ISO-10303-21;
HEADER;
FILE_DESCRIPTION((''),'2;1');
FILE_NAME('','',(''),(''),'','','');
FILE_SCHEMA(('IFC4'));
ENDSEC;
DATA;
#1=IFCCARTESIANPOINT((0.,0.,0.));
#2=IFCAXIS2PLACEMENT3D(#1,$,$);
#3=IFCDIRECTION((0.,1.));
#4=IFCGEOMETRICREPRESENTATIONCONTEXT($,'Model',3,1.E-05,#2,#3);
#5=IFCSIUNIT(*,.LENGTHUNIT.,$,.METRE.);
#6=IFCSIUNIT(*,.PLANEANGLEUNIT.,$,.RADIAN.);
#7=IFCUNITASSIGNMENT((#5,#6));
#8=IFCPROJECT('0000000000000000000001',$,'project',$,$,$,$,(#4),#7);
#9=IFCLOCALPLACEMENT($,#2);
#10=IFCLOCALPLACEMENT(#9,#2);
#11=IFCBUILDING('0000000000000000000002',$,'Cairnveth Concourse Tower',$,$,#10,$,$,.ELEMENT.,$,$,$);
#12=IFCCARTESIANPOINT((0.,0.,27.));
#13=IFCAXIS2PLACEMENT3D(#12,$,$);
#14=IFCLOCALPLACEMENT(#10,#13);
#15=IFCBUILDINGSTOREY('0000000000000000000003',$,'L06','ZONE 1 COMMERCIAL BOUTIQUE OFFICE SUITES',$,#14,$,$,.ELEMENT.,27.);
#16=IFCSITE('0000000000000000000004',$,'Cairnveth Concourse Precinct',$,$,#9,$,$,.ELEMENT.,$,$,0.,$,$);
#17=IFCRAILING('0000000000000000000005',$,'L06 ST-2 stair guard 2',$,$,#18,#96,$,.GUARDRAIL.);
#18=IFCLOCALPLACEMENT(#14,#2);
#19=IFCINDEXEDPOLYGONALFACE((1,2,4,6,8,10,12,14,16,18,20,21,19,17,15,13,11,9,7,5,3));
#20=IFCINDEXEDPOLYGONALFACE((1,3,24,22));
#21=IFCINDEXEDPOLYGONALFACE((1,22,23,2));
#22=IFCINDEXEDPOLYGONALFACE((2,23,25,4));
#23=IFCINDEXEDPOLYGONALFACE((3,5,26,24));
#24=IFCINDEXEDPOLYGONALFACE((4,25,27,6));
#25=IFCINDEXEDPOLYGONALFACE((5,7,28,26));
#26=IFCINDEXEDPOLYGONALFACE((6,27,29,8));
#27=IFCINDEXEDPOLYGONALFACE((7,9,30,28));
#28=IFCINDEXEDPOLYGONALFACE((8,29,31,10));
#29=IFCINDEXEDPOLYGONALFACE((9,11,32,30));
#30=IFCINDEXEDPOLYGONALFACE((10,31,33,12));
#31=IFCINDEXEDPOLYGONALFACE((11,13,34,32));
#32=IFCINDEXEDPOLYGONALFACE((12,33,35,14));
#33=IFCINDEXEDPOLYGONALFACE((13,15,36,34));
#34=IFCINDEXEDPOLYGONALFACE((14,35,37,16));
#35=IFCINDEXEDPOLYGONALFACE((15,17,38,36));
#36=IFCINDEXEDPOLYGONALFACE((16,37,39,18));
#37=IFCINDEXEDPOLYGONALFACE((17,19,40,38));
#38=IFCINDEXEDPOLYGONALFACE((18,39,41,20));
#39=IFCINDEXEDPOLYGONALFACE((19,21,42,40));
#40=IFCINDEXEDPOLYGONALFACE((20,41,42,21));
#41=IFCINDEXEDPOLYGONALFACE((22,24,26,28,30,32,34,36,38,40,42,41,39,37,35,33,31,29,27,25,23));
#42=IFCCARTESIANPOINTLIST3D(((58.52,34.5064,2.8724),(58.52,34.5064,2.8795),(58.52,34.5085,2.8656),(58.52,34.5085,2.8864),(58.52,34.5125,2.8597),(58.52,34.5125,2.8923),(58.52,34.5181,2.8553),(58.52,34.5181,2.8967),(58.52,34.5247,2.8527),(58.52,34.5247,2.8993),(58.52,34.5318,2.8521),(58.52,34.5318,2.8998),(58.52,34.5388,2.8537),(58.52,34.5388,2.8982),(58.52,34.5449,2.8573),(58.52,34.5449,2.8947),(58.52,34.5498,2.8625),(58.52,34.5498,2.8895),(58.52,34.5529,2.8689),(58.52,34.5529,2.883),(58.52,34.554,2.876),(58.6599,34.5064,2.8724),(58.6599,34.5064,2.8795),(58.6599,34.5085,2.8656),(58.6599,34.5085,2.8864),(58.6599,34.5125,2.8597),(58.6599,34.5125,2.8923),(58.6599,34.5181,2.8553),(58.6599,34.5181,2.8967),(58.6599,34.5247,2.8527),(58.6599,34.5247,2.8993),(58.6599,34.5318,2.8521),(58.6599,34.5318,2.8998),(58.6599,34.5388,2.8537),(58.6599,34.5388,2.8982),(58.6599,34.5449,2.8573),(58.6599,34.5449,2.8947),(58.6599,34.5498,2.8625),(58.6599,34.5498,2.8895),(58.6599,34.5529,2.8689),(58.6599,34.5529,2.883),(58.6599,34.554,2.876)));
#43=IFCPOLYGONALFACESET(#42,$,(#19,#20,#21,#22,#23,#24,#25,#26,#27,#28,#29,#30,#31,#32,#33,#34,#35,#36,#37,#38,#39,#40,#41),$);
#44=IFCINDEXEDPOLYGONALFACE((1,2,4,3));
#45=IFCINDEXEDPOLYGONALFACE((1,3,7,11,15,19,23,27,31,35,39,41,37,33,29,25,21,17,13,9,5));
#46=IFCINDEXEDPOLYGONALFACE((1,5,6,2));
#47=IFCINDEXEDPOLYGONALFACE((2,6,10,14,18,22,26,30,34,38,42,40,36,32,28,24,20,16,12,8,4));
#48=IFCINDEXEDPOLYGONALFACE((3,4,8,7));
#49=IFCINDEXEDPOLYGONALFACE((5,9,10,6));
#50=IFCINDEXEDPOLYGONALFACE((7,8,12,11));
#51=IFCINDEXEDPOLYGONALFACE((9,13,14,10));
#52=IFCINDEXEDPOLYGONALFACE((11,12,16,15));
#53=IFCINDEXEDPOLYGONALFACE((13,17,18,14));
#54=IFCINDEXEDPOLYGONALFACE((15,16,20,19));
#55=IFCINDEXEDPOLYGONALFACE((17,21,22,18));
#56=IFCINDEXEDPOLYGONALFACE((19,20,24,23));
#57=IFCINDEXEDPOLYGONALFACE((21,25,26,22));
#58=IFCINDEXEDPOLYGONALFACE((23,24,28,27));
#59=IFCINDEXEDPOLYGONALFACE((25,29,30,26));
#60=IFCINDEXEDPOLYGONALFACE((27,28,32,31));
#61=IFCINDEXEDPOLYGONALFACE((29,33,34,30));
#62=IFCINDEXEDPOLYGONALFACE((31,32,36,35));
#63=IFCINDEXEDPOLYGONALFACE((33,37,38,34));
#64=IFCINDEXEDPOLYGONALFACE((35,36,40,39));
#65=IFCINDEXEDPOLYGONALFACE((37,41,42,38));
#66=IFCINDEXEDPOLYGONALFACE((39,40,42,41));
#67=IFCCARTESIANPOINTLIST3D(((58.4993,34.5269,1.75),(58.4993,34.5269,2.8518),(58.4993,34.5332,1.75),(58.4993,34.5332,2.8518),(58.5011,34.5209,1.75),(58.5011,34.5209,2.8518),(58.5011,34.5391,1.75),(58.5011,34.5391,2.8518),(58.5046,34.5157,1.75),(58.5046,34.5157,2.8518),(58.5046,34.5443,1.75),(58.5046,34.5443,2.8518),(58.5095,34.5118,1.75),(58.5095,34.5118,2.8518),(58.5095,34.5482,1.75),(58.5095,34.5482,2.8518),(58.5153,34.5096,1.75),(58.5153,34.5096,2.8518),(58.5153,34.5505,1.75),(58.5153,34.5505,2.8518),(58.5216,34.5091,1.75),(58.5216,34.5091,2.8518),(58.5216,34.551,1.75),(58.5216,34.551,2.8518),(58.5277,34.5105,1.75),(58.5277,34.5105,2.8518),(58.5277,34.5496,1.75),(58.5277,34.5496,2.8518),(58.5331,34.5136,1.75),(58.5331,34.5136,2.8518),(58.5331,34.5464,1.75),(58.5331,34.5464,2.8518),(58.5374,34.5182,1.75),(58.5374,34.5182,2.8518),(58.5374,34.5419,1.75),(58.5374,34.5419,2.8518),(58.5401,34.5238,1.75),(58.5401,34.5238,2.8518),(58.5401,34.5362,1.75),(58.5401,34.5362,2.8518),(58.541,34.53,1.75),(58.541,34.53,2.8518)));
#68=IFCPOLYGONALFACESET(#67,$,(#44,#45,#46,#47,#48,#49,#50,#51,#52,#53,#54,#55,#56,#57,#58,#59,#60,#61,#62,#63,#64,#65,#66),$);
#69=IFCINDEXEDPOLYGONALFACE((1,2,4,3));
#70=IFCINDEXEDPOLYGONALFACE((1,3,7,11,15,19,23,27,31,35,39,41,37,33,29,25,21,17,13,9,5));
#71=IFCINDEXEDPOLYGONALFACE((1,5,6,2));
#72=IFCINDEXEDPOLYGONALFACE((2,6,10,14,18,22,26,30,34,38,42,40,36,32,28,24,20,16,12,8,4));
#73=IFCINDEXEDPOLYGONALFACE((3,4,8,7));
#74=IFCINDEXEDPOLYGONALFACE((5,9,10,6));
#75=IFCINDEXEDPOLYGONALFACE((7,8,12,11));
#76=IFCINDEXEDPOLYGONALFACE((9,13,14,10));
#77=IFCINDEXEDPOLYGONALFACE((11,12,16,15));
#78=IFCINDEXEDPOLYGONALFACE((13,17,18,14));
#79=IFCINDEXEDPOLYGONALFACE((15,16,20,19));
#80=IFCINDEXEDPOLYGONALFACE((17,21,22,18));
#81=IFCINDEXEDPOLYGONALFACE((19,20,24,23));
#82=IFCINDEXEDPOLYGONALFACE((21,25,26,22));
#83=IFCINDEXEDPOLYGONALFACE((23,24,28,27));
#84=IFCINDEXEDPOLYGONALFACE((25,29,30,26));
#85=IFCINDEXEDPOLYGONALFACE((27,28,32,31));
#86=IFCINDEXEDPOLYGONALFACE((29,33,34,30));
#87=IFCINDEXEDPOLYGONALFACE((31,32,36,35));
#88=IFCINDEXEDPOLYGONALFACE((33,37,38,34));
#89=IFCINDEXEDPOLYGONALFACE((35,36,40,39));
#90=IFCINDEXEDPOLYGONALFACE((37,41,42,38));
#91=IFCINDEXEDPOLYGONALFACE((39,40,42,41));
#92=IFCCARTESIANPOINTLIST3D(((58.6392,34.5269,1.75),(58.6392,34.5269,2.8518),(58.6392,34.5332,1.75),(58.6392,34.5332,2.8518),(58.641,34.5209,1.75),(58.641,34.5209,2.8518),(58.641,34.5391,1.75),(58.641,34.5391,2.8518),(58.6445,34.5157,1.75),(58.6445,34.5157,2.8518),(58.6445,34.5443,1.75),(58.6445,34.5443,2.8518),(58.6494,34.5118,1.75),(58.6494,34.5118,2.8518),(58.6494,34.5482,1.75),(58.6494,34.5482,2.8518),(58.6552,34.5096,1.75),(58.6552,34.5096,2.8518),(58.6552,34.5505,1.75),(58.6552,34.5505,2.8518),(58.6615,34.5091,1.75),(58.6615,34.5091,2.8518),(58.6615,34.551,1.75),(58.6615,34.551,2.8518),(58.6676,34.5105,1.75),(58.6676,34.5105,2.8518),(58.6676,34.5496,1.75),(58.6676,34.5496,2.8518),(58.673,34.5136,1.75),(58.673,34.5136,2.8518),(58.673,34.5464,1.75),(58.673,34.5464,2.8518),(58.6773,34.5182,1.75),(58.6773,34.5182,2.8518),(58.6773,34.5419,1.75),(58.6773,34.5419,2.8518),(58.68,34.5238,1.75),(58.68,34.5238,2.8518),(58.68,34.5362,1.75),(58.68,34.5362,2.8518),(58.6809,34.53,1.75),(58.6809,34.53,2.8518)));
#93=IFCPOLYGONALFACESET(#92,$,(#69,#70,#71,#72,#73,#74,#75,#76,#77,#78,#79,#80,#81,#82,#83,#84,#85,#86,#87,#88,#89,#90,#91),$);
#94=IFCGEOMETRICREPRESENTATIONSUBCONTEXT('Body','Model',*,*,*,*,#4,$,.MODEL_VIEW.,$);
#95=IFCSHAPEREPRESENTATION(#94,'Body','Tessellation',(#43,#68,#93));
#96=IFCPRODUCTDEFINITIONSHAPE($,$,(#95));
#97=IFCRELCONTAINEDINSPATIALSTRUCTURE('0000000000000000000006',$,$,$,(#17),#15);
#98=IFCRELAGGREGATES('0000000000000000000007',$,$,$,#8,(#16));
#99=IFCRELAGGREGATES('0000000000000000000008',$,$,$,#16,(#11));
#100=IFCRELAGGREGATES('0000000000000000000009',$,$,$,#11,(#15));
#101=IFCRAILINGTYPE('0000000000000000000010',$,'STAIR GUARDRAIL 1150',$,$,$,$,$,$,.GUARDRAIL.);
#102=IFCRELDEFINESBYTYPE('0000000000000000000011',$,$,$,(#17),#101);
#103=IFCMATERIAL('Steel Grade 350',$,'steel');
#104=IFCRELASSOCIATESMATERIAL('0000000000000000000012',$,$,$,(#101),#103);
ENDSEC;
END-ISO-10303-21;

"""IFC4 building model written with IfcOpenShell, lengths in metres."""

from ifc_helpers import new_model, si_unit, direction, frame, origin, origin_2d, place, context, subcontext, project, spatial, circle, extrude, material, type_object, element, save


model = new_model("IFC4")

# Units and contexts
model_context = context("Model", 3, precision=1e-05, world=origin(), true_north=direction((0.0, 1.0)))
body_context = subcontext(model_context, "Body", "Model", "MODEL_VIEW")
ifc_project = project(units=[si_unit("LENGTHUNIT", "METRE"), si_unit("PLANEANGLEUNIT", "RADIAN")], contexts=[model_context])

# Site, building, storey
site_placement = place(None, origin())
site = spatial("IfcSite", under=ifc_project, at=site_placement, Name="Cairnveth Concourse Precinct", CompositionType="ELEMENT", RefElevation=0.0)
building_placement = place(site_placement, origin())
building = spatial("IfcBuilding", under=site, at=building_placement, Name="Cairnveth Concourse Tower", CompositionType="ELEMENT")
storey_placement = place(building_placement, frame((0.0, 0.0, 27.0)))
storey = spatial("IfcBuildingStorey", under=building, at=storey_placement, Name="L06", Description="ZONE 1 COMMERCIAL BOUTIQUE OFFICE SUITES", CompositionType="ELEMENT", Elevation=27.0)

# Shared definitions
ifc_material_1 = material(Name="Steel Grade 350", Category="steel")

# Railing
railing_type_1 = type_object("IfcRailingType", Name="STAIR GUARDRAIL 1150", PredefinedType="GUARDRAIL", material=ifc_material_1)
railing_1_placement = place(storey_placement, frame((58.52, 34.53, 1.75)))
element("IfcRailing", 1, at=railing_1_placement, inside=storey, type_object=railing_type_1, Name="L06 ST-2 stair guard 2", PredefinedType="GUARDRAIL", context=body_context, shape_type="SweptSolid", body=[
    extrude(circle(Radius=0.0239, at=origin_2d()), frame((0.0, 0.0, 1.126), z_axis=(1.0, 0.0, 0.0), x_axis=(0.0, 1.0, 0.0)), (0.0, 0.0, 1.0), 0.1399),
    extrude(circle(Radius=0.021, at=origin_2d()), origin(), (0.0, 0.0, 1.0), 1.1018),
    extrude(circle(Radius=0.021, at=origin_2d()), frame((0.1399, 0.0, 0.0)), (0.0, 0.0, 1.0), 1.1018),
])

save(model, "model.ifc")
